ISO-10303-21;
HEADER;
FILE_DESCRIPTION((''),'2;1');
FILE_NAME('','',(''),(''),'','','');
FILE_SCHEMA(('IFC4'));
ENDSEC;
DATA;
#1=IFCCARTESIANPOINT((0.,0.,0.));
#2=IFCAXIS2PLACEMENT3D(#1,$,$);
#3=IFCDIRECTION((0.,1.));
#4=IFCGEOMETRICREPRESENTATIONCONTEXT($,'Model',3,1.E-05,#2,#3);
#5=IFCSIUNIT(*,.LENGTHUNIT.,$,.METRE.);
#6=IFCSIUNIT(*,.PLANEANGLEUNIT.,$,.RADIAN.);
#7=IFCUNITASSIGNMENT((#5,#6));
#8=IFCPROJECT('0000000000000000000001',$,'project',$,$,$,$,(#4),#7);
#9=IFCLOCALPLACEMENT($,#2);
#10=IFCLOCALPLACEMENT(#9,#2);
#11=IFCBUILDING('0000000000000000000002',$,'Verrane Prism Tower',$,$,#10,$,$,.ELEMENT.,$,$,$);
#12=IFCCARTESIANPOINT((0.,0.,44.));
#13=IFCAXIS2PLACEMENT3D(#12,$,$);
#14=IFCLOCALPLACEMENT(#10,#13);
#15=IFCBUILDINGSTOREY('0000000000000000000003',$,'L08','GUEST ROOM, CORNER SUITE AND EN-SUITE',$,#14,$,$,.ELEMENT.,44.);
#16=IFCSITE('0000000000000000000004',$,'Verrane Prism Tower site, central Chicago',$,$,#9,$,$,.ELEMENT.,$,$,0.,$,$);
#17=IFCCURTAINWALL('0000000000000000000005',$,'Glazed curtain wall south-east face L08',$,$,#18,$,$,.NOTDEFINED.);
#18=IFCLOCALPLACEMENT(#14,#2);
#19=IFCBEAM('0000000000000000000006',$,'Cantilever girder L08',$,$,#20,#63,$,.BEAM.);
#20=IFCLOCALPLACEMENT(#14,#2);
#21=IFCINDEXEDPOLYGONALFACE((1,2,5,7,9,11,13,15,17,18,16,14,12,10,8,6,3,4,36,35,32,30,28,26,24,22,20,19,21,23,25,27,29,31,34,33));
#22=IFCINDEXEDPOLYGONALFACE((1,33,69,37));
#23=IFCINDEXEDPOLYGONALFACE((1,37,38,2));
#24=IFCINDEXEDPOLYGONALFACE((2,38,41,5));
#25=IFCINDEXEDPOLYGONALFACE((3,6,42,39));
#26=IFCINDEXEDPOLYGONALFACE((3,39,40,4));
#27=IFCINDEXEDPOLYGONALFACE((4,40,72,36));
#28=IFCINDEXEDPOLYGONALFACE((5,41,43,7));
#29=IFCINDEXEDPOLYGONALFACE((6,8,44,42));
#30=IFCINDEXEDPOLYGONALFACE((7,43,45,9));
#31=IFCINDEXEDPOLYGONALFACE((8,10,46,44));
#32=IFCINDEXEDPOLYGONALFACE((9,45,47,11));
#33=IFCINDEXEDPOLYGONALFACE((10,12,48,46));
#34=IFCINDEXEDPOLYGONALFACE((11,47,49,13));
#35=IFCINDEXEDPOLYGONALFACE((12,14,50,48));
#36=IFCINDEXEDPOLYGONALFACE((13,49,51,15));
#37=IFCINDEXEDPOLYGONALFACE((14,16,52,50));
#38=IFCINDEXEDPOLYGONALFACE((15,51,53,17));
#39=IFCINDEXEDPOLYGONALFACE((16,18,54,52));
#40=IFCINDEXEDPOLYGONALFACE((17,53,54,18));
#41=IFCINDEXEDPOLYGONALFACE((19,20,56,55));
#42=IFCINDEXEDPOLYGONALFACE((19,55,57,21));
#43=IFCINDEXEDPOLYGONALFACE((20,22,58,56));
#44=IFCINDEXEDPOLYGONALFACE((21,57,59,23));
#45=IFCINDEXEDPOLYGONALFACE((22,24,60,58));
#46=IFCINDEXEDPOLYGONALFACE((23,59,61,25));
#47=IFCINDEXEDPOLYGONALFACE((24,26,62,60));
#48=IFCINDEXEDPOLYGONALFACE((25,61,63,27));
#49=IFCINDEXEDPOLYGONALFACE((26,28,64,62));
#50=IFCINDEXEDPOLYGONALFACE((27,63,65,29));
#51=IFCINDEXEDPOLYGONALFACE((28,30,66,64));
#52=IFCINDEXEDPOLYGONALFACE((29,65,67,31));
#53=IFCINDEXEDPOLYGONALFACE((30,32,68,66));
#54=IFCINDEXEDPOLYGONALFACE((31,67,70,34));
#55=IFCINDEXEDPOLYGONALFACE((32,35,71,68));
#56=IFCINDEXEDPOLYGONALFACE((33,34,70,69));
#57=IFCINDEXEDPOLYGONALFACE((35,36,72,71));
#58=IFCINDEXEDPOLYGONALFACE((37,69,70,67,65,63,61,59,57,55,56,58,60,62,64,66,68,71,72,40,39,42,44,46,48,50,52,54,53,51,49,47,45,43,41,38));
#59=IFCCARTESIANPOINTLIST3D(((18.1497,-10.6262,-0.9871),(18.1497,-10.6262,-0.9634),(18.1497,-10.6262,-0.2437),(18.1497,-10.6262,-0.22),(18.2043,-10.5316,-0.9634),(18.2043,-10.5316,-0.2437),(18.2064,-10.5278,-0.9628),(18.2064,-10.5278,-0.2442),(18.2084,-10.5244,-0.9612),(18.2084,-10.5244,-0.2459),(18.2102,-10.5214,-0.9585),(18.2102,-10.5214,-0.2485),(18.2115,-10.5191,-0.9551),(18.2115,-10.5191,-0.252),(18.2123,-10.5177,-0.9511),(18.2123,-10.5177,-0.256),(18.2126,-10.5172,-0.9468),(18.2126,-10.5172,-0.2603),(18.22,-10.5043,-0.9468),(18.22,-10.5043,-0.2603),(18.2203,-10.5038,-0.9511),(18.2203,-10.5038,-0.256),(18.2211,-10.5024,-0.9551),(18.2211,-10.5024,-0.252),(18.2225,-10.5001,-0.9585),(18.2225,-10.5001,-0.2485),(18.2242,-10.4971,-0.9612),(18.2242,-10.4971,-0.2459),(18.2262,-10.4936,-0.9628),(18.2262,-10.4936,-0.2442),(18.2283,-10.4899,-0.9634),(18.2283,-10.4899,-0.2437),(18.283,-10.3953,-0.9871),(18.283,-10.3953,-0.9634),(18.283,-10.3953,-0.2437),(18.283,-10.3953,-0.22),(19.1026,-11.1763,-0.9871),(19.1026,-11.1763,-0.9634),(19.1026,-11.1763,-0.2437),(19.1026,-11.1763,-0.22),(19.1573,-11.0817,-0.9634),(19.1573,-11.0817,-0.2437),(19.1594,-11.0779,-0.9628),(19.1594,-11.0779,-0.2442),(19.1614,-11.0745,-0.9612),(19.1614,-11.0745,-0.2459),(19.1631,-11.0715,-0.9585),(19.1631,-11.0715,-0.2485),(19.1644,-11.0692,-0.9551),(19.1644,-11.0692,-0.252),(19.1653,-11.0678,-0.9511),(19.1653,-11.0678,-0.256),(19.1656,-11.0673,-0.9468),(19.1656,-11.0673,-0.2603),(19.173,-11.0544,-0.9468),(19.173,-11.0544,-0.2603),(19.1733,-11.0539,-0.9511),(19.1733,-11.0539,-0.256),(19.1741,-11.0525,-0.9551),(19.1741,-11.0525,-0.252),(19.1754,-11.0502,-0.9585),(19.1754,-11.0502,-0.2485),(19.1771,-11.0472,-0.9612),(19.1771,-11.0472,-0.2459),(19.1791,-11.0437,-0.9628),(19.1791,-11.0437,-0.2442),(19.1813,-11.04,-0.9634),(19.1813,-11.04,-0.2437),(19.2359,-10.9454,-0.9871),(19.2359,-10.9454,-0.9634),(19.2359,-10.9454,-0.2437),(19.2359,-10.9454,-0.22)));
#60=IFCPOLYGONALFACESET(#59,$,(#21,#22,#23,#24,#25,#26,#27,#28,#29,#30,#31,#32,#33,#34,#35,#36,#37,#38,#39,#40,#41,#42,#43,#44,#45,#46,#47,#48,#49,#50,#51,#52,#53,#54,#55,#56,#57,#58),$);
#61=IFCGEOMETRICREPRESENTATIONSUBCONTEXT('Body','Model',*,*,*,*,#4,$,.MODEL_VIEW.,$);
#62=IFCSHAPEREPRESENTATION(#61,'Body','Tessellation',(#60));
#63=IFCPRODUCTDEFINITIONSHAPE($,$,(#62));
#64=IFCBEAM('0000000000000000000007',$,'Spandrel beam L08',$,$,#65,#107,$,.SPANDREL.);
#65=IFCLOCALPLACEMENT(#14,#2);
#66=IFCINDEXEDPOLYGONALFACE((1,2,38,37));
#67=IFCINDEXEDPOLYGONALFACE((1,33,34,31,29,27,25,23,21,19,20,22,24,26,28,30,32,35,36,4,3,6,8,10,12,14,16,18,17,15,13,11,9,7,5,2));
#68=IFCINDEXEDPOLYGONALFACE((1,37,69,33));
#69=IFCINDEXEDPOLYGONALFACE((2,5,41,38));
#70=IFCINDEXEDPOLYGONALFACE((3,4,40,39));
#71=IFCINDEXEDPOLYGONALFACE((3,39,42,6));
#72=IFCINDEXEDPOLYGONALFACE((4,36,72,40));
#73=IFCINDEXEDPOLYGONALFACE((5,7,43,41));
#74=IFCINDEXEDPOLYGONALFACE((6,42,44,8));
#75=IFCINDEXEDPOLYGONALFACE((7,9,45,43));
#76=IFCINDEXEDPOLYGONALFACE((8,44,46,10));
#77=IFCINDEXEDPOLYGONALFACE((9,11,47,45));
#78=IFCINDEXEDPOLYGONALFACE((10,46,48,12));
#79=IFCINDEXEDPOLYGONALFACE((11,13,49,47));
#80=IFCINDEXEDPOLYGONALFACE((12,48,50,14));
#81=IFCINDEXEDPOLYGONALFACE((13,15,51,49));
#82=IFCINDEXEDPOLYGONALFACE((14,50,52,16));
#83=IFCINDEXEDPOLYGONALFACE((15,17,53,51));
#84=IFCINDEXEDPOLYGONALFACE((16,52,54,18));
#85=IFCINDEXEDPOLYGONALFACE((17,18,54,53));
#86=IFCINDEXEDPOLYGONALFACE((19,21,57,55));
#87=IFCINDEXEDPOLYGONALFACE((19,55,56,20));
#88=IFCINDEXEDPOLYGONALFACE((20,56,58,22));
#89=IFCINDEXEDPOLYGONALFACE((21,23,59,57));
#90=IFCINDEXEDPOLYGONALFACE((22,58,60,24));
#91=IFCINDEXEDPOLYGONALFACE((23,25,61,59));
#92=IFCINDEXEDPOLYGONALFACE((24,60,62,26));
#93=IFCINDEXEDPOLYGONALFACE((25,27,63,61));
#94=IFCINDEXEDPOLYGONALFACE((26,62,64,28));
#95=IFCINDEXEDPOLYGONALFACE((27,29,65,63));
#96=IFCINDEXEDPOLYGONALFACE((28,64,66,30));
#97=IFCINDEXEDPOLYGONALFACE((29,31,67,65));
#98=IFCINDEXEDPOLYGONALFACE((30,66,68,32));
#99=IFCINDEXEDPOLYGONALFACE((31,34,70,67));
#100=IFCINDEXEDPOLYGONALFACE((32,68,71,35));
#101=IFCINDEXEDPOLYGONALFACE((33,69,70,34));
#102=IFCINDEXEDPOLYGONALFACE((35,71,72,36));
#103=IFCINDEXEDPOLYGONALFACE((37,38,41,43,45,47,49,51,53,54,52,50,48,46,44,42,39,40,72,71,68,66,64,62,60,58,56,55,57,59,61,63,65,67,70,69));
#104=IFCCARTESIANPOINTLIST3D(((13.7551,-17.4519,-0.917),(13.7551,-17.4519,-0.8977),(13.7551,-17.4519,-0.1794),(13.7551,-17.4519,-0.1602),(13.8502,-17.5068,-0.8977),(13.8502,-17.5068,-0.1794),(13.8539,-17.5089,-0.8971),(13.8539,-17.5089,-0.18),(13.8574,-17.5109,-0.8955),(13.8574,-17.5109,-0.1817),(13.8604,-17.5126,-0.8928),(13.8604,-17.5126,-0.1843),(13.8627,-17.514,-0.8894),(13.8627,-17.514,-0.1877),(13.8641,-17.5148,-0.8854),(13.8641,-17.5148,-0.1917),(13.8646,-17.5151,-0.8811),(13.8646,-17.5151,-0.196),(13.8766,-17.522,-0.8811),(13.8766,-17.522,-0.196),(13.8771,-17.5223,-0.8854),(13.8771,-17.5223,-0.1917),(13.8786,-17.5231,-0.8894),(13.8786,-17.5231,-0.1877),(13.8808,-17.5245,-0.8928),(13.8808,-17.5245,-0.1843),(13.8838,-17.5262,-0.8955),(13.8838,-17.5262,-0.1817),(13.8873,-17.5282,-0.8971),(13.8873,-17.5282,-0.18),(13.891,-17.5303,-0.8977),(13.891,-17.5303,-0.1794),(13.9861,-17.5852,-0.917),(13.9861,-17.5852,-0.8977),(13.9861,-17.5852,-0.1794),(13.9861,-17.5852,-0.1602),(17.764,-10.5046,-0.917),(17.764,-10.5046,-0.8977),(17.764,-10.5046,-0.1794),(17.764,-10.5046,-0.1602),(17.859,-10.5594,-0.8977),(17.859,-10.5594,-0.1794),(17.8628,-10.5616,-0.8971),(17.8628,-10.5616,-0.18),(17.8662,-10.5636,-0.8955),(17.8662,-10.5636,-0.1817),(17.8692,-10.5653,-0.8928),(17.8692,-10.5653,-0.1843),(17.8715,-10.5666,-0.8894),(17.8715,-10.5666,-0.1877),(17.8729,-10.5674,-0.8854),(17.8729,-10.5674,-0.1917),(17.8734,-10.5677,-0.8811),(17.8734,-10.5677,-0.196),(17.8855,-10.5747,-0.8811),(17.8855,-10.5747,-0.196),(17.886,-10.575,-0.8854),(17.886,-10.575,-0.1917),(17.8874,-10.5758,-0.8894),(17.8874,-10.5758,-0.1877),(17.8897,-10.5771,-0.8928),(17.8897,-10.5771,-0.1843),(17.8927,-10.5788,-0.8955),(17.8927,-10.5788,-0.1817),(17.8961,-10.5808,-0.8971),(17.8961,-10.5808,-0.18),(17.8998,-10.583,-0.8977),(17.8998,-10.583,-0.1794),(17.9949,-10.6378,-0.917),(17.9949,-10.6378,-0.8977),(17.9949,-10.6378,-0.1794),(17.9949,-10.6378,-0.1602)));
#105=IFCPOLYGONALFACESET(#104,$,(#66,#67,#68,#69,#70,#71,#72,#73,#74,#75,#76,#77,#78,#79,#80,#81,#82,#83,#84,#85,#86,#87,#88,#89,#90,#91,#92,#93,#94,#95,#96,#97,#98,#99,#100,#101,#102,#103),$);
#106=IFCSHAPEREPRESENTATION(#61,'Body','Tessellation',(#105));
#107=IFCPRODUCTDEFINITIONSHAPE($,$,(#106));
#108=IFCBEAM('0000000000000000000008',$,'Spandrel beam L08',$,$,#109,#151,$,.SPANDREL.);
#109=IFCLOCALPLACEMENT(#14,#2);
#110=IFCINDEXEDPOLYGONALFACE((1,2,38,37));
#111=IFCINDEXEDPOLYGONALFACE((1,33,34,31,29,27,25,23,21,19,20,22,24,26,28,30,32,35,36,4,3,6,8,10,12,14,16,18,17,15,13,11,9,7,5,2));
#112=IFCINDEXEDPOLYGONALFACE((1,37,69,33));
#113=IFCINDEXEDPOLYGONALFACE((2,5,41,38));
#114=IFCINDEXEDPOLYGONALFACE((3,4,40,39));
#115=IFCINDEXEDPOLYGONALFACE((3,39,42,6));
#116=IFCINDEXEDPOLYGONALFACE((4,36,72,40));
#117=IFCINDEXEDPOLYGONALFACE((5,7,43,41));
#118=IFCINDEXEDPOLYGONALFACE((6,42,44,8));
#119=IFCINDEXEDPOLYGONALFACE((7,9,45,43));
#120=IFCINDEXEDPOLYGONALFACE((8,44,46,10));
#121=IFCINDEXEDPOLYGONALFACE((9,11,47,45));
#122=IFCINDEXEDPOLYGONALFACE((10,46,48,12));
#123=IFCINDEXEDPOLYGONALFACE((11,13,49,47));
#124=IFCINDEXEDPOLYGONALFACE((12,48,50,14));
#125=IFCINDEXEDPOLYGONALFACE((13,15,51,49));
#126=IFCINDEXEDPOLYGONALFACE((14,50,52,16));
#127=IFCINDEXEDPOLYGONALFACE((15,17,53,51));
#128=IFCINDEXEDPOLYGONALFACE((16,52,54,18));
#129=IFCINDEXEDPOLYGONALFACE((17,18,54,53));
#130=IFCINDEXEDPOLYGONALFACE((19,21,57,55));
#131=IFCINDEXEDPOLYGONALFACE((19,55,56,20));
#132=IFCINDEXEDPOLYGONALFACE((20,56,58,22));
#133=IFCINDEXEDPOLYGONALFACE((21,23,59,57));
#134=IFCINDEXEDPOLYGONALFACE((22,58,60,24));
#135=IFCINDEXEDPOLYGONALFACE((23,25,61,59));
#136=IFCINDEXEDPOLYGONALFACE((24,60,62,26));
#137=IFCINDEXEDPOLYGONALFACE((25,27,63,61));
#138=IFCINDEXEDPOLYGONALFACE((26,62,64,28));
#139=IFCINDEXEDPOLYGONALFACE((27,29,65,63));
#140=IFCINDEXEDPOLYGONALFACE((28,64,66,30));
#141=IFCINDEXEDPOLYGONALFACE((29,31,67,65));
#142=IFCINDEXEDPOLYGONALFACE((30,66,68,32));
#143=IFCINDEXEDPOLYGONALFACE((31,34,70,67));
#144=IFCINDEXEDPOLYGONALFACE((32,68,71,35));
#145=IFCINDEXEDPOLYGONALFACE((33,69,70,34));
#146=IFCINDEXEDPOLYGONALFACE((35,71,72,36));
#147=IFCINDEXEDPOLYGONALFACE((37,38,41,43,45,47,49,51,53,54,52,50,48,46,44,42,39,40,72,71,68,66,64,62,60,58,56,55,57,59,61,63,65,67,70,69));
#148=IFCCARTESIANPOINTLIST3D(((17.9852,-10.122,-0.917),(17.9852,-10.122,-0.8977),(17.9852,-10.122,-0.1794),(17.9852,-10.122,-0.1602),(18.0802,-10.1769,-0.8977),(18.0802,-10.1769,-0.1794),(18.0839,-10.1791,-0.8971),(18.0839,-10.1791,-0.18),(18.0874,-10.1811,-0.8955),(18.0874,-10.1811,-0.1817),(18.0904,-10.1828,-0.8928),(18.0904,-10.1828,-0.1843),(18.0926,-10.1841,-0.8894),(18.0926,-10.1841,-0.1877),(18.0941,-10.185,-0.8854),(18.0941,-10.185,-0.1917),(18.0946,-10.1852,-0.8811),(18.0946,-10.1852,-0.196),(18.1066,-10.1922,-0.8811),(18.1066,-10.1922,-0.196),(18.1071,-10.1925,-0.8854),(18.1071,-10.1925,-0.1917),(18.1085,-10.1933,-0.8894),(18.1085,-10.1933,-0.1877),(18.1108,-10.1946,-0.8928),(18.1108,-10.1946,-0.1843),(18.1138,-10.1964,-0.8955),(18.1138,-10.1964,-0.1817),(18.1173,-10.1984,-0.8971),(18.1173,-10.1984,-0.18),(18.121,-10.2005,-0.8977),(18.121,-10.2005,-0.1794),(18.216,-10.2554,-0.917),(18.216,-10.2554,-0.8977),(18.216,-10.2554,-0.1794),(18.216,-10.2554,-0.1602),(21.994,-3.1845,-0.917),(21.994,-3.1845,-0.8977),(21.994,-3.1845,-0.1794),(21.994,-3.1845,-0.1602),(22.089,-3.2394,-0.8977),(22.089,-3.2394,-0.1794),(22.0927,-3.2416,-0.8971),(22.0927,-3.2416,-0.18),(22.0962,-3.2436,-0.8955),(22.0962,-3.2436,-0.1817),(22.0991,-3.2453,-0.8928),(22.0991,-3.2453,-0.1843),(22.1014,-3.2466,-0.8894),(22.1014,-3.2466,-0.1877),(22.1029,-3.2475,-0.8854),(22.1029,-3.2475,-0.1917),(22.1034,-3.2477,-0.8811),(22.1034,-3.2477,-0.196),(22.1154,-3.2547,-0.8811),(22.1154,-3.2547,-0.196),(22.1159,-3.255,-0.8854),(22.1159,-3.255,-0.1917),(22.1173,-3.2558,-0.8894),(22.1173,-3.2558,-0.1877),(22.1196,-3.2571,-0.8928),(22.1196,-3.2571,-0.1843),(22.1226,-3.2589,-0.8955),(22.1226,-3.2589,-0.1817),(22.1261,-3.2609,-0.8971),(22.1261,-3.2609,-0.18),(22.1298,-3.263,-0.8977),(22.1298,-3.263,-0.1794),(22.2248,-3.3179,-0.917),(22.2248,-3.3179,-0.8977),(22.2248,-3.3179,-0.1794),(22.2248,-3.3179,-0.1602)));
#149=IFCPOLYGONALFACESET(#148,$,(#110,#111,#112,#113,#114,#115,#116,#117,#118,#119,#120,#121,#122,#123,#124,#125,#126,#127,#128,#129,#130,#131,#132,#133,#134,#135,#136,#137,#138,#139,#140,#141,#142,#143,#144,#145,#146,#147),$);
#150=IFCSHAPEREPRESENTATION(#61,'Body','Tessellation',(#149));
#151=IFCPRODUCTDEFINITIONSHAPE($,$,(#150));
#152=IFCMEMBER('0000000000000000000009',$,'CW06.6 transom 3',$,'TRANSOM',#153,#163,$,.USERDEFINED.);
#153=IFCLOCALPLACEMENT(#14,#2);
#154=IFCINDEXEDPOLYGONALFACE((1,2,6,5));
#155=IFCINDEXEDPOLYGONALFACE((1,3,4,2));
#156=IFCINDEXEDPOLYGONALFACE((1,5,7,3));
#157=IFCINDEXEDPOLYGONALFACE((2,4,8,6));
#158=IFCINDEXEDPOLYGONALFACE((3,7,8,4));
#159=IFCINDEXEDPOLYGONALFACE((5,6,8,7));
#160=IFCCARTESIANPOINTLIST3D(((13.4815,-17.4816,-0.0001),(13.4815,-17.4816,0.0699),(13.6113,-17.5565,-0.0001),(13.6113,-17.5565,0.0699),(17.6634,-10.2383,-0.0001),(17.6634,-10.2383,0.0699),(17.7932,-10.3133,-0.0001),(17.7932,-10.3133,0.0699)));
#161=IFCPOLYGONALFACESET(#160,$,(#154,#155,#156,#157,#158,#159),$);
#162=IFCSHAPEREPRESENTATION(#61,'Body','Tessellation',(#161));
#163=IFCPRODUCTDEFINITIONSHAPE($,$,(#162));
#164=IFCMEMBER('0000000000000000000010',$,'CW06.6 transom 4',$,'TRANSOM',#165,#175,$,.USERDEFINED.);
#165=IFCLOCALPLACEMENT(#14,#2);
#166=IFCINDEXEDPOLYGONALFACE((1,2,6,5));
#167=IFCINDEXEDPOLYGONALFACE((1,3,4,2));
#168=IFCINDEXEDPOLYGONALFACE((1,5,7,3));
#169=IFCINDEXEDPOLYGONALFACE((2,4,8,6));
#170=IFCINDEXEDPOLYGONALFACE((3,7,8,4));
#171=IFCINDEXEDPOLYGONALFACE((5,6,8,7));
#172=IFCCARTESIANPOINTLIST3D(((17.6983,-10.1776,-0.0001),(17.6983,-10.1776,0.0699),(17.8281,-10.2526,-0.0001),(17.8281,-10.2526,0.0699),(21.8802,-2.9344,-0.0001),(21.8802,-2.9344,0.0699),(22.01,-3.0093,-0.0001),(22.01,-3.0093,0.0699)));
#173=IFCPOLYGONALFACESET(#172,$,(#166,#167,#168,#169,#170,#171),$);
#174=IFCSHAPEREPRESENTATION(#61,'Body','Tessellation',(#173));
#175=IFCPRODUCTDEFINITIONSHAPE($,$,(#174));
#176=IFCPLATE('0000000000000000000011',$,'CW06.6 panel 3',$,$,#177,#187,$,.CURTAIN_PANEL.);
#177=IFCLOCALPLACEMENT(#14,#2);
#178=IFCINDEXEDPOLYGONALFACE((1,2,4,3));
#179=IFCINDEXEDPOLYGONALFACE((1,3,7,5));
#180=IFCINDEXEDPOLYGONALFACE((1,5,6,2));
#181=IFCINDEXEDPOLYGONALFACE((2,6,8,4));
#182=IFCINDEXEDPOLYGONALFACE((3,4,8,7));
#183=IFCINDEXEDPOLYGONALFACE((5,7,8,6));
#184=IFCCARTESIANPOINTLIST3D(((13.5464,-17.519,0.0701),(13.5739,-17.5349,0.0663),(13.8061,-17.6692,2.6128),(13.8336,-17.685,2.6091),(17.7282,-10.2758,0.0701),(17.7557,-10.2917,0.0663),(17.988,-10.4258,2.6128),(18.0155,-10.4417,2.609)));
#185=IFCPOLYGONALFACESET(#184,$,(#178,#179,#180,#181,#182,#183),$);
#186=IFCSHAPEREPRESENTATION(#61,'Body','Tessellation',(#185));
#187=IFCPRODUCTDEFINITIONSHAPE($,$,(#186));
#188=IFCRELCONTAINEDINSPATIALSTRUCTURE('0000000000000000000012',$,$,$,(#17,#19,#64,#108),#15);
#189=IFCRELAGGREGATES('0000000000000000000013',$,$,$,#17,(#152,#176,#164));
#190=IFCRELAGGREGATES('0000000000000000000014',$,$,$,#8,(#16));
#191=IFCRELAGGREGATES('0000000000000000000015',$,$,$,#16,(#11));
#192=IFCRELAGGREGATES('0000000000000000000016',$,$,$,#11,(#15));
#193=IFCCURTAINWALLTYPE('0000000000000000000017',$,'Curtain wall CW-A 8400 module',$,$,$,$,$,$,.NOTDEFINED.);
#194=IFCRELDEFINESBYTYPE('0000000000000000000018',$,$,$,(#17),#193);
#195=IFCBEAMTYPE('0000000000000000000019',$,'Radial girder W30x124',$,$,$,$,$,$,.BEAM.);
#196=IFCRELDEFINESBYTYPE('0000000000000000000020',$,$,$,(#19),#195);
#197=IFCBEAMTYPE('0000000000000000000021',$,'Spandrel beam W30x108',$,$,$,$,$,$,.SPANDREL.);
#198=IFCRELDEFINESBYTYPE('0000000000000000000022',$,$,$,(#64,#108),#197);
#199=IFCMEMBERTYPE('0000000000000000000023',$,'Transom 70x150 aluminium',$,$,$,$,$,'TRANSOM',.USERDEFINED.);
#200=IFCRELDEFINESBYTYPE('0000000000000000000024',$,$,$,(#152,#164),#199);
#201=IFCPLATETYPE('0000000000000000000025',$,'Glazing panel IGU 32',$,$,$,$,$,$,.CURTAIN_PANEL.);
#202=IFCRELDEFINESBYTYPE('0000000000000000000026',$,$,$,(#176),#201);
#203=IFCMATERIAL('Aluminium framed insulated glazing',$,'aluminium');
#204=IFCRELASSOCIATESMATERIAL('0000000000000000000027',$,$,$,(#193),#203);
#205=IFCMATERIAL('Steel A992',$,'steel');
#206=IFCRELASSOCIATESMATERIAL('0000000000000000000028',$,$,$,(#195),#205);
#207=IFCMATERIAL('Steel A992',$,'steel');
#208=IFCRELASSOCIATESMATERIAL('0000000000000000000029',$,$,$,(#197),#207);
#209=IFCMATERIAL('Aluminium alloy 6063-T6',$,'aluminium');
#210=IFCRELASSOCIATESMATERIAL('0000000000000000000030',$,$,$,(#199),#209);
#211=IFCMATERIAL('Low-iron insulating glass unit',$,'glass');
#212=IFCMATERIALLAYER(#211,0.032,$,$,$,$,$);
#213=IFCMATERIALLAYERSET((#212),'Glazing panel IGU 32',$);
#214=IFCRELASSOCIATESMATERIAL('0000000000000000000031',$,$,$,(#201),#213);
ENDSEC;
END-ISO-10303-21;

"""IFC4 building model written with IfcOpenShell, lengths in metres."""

from ifc_helpers import new_model, si_unit, direction, frame, origin, origin_2d, place, context, subcontext, project, spatial, polyline, rectangle, i_section, outline, extrude, material, layer, layer_set, material_profile, profile_set, type_object, element, aggregate, save


model = new_model("IFC4")

# Units and contexts
model_context = context("Model", 3, precision=1e-05, world=origin(), true_north=direction((0.0, 1.0)))
body_context = subcontext(model_context, "Body", "Model", "MODEL_VIEW")
ifc_project = project(units=[si_unit("LENGTHUNIT", "METRE"), si_unit("PLANEANGLEUNIT", "RADIAN")], contexts=[model_context])

# Site, building, storey
site_placement = place(None, origin())
site = spatial("IfcSite", under=ifc_project, at=site_placement, Name="Verrane Prism Tower site, central Chicago", CompositionType="ELEMENT", RefElevation=0.0)
building_placement = place(site_placement, origin())
building = spatial("IfcBuilding", under=site, at=building_placement, Name="Verrane Prism Tower", CompositionType="ELEMENT")
storey_placement = place(building_placement, frame((0.0, 0.0, 44.0)))
storey = spatial("IfcBuildingStorey", under=building, at=storey_placement, Name="L08", Description="GUEST ROOM, CORNER SUITE AND EN-SUITE", CompositionType="ELEMENT", Elevation=44.0)

# Curtain wall
ifc_material_1 = material(Name="Aluminium framed insulated glazing", Category="aluminium")
curtain_wall_type = type_object("IfcCurtainWallType", Name="Curtain wall CW-A 8400 module", PredefinedType="NOTDEFINED", material=ifc_material_1)
curtain_wall_placement = place(storey_placement, origin())
curtain_wall = element("IfcCurtainWall", 1, at=curtain_wall_placement, inside=storey, type_object=curtain_wall_type, Name="Glazed curtain wall south-east face L08", PredefinedType="NOTDEFINED")

# Beams
ifc_material_2 = material(Name="Steel A992", Category="steel")
ifc_material_profile_1 = material_profile(ifc_material_2, i_section(OverallWidth=0.2666, OverallDepth=0.7671, WebThickness=0.0149, FlangeThickness=0.0237, FilletRadius=0.0166, at=origin_2d()), Name="W30x124")
ifc_profile_set_1 = profile_set([ifc_material_profile_1], Name="Steel A992")
beam_type_1 = type_object("IfcBeamType", Name="Radial girder W30x124", PredefinedType="BEAM", material=ifc_profile_set_1)
beam_1_placement = place(storey_placement, frame((18.2163, -10.5107, -0.6035), z_axis=(0.866064, -0.499934, 0.0), x_axis=(0.499934, 0.866064, 0.0)))
element("IfcBeam", 2, at=beam_1_placement, inside=storey, type_object=beam_type_1, Name="Cantilever girder L08", PredefinedType="BEAM", context=body_context, shape_type="SweptSolid", body=[
    extrude(i_section(OverallWidth=0.2666, OverallDepth=0.7671, WebThickness=0.0149, FlangeThickness=0.0237, FilletRadius=0.0166, at=origin_2d()), origin(), (0.0, 0.0, 1.0), 1.1003),
])
ifc_material_3 = material(Name="Steel A992", Category="steel")
ifc_material_profile_2 = material_profile(ifc_material_3, i_section(OverallWidth=0.2666, OverallDepth=0.7568, WebThickness=0.0139, FlangeThickness=0.0193, FilletRadius=0.0166, at=origin_2d()), Name="W30x108")
ifc_profile_set_2 = profile_set([ifc_material_profile_2], Name="Steel A992")
beam_type_2 = type_object("IfcBeamType", Name="Spandrel beam W30x108", PredefinedType="SPANDREL", material=ifc_profile_set_2)
beam_2_placement = place(storey_placement, frame((13.8706, -17.5186, -0.5386), z_axis=(0.499793, 0.866145, 0.0), x_axis=(-0.866145, 0.499793, 0.0)))
element("IfcBeam", 3, at=beam_2_placement, inside=storey, type_object=beam_type_2, Name="Spandrel beam L08", PredefinedType="SPANDREL", context=body_context, shape_type="SweptSolid", body=[
    extrude(i_section(OverallWidth=0.2666, OverallDepth=0.7568, WebThickness=0.0139, FlangeThickness=0.0193, FilletRadius=0.0166, at=origin_2d()), origin(), (0.0, 0.0, 1.0), 8.021),
])
beam_3_placement = place(storey_placement, frame((18.1006, -10.1887, -0.5386), z_axis=(0.50032, 0.86584, 0.0), x_axis=(-0.86584, 0.50032, 0.0)))
element("IfcBeam", 4, at=beam_3_placement, inside=storey, type_object=beam_type_2, Name="Spandrel beam L08", PredefinedType="SPANDREL", context=body_context, shape_type="SweptSolid", body=[
    extrude(i_section(OverallWidth=0.2666, OverallDepth=0.7568, WebThickness=0.0139, FlangeThickness=0.0193, FilletRadius=0.0166, at=origin_2d()), origin(), (0.0, 0.0, 1.0), 8.0125),
])

# Members
ifc_material_4 = material(Name="Aluminium alloy 6063-T6", Category="aluminium")
ifc_material_profile_3 = material_profile(ifc_material_4, rectangle(XDim=0.1499, YDim=0.0701, at=origin_2d()), Name="Transom 70x150 aluminium")
ifc_profile_set_3 = profile_set([ifc_material_profile_3], Name="Aluminium alloy 6063-T6")
member_type_1 = type_object("IfcMemberType", Name="Transom 70x150 aluminium", ElementType="TRANSOM", PredefinedType="USERDEFINED", material=ifc_profile_set_3)
member_1_placement = place(storey_placement, frame((13.5464, -17.519, 0.0349), z_axis=(0.500004, 0.866023, 0.0), x_axis=(-0.866023, 0.500004, 0.0)))
member_1 = element("IfcMember", 5, at=member_1_placement, type_object=member_type_1, Name="CW06.6 transom 3", ObjectType="TRANSOM", PredefinedType="USERDEFINED", context=body_context, shape_type="SweptSolid", body=[
    extrude(rectangle(XDim=0.1499, YDim=0.0701, at=origin_2d()), origin(), (0.0, 0.0, 1.0), 8.3638),
])
member_2_placement = place(storey_placement, frame((17.7632, -10.2151, 0.0349), z_axis=(0.500004, 0.866023, 0.0), x_axis=(-0.866023, 0.500004, 0.0)))
member_2 = element("IfcMember", 6, at=member_2_placement, type_object=member_type_1, Name="CW06.6 transom 4", ObjectType="TRANSOM", PredefinedType="USERDEFINED", context=body_context, shape_type="SweptSolid", body=[
    extrude(rectangle(XDim=0.1499, YDim=0.0701, at=origin_2d()), origin(), (0.0, 0.0, 1.0), 8.3638),
])

# Plate
ifc_material_5 = material(Name="Low-iron insulating glass unit", Category="glass")
ifc_layer_1 = layer(ifc_material_5, 0.032)
ifc_layer_set_1 = layer_set([ifc_layer_1], Name="Glazing panel IGU 32")
plate_type = type_object("IfcPlateType", Name="Glazing panel IGU 32", PredefinedType="CURTAIN_PANEL", material=ifc_layer_set_1)
plate_1_placement = place(storey_placement, frame((13.5464, -17.519, 0.0701), z_axis=(-0.860062, 0.496554, 0.117162), x_axis=(0.499998, 0.866027, 0.000001)))
plate_1 = element("IfcPlate", 7, at=plate_1_placement, type_object=plate_type, Name="CW06.6 panel 3", PredefinedType="CURTAIN_PANEL", context=body_context, shape_type="SweptSolid", body=[
    extrude(outline(polyline([(0.0, 0.0), (8.3637, 0.0), (8.3638, -2.5604), (-0.0001, -2.5604), (0.0, 0.0)])), origin(), (0.0, 0.0, -1.0), 0.032),
])
aggregate(curtain_wall, [member_1, plate_1, member_2])

save(model, "model.ifc")
